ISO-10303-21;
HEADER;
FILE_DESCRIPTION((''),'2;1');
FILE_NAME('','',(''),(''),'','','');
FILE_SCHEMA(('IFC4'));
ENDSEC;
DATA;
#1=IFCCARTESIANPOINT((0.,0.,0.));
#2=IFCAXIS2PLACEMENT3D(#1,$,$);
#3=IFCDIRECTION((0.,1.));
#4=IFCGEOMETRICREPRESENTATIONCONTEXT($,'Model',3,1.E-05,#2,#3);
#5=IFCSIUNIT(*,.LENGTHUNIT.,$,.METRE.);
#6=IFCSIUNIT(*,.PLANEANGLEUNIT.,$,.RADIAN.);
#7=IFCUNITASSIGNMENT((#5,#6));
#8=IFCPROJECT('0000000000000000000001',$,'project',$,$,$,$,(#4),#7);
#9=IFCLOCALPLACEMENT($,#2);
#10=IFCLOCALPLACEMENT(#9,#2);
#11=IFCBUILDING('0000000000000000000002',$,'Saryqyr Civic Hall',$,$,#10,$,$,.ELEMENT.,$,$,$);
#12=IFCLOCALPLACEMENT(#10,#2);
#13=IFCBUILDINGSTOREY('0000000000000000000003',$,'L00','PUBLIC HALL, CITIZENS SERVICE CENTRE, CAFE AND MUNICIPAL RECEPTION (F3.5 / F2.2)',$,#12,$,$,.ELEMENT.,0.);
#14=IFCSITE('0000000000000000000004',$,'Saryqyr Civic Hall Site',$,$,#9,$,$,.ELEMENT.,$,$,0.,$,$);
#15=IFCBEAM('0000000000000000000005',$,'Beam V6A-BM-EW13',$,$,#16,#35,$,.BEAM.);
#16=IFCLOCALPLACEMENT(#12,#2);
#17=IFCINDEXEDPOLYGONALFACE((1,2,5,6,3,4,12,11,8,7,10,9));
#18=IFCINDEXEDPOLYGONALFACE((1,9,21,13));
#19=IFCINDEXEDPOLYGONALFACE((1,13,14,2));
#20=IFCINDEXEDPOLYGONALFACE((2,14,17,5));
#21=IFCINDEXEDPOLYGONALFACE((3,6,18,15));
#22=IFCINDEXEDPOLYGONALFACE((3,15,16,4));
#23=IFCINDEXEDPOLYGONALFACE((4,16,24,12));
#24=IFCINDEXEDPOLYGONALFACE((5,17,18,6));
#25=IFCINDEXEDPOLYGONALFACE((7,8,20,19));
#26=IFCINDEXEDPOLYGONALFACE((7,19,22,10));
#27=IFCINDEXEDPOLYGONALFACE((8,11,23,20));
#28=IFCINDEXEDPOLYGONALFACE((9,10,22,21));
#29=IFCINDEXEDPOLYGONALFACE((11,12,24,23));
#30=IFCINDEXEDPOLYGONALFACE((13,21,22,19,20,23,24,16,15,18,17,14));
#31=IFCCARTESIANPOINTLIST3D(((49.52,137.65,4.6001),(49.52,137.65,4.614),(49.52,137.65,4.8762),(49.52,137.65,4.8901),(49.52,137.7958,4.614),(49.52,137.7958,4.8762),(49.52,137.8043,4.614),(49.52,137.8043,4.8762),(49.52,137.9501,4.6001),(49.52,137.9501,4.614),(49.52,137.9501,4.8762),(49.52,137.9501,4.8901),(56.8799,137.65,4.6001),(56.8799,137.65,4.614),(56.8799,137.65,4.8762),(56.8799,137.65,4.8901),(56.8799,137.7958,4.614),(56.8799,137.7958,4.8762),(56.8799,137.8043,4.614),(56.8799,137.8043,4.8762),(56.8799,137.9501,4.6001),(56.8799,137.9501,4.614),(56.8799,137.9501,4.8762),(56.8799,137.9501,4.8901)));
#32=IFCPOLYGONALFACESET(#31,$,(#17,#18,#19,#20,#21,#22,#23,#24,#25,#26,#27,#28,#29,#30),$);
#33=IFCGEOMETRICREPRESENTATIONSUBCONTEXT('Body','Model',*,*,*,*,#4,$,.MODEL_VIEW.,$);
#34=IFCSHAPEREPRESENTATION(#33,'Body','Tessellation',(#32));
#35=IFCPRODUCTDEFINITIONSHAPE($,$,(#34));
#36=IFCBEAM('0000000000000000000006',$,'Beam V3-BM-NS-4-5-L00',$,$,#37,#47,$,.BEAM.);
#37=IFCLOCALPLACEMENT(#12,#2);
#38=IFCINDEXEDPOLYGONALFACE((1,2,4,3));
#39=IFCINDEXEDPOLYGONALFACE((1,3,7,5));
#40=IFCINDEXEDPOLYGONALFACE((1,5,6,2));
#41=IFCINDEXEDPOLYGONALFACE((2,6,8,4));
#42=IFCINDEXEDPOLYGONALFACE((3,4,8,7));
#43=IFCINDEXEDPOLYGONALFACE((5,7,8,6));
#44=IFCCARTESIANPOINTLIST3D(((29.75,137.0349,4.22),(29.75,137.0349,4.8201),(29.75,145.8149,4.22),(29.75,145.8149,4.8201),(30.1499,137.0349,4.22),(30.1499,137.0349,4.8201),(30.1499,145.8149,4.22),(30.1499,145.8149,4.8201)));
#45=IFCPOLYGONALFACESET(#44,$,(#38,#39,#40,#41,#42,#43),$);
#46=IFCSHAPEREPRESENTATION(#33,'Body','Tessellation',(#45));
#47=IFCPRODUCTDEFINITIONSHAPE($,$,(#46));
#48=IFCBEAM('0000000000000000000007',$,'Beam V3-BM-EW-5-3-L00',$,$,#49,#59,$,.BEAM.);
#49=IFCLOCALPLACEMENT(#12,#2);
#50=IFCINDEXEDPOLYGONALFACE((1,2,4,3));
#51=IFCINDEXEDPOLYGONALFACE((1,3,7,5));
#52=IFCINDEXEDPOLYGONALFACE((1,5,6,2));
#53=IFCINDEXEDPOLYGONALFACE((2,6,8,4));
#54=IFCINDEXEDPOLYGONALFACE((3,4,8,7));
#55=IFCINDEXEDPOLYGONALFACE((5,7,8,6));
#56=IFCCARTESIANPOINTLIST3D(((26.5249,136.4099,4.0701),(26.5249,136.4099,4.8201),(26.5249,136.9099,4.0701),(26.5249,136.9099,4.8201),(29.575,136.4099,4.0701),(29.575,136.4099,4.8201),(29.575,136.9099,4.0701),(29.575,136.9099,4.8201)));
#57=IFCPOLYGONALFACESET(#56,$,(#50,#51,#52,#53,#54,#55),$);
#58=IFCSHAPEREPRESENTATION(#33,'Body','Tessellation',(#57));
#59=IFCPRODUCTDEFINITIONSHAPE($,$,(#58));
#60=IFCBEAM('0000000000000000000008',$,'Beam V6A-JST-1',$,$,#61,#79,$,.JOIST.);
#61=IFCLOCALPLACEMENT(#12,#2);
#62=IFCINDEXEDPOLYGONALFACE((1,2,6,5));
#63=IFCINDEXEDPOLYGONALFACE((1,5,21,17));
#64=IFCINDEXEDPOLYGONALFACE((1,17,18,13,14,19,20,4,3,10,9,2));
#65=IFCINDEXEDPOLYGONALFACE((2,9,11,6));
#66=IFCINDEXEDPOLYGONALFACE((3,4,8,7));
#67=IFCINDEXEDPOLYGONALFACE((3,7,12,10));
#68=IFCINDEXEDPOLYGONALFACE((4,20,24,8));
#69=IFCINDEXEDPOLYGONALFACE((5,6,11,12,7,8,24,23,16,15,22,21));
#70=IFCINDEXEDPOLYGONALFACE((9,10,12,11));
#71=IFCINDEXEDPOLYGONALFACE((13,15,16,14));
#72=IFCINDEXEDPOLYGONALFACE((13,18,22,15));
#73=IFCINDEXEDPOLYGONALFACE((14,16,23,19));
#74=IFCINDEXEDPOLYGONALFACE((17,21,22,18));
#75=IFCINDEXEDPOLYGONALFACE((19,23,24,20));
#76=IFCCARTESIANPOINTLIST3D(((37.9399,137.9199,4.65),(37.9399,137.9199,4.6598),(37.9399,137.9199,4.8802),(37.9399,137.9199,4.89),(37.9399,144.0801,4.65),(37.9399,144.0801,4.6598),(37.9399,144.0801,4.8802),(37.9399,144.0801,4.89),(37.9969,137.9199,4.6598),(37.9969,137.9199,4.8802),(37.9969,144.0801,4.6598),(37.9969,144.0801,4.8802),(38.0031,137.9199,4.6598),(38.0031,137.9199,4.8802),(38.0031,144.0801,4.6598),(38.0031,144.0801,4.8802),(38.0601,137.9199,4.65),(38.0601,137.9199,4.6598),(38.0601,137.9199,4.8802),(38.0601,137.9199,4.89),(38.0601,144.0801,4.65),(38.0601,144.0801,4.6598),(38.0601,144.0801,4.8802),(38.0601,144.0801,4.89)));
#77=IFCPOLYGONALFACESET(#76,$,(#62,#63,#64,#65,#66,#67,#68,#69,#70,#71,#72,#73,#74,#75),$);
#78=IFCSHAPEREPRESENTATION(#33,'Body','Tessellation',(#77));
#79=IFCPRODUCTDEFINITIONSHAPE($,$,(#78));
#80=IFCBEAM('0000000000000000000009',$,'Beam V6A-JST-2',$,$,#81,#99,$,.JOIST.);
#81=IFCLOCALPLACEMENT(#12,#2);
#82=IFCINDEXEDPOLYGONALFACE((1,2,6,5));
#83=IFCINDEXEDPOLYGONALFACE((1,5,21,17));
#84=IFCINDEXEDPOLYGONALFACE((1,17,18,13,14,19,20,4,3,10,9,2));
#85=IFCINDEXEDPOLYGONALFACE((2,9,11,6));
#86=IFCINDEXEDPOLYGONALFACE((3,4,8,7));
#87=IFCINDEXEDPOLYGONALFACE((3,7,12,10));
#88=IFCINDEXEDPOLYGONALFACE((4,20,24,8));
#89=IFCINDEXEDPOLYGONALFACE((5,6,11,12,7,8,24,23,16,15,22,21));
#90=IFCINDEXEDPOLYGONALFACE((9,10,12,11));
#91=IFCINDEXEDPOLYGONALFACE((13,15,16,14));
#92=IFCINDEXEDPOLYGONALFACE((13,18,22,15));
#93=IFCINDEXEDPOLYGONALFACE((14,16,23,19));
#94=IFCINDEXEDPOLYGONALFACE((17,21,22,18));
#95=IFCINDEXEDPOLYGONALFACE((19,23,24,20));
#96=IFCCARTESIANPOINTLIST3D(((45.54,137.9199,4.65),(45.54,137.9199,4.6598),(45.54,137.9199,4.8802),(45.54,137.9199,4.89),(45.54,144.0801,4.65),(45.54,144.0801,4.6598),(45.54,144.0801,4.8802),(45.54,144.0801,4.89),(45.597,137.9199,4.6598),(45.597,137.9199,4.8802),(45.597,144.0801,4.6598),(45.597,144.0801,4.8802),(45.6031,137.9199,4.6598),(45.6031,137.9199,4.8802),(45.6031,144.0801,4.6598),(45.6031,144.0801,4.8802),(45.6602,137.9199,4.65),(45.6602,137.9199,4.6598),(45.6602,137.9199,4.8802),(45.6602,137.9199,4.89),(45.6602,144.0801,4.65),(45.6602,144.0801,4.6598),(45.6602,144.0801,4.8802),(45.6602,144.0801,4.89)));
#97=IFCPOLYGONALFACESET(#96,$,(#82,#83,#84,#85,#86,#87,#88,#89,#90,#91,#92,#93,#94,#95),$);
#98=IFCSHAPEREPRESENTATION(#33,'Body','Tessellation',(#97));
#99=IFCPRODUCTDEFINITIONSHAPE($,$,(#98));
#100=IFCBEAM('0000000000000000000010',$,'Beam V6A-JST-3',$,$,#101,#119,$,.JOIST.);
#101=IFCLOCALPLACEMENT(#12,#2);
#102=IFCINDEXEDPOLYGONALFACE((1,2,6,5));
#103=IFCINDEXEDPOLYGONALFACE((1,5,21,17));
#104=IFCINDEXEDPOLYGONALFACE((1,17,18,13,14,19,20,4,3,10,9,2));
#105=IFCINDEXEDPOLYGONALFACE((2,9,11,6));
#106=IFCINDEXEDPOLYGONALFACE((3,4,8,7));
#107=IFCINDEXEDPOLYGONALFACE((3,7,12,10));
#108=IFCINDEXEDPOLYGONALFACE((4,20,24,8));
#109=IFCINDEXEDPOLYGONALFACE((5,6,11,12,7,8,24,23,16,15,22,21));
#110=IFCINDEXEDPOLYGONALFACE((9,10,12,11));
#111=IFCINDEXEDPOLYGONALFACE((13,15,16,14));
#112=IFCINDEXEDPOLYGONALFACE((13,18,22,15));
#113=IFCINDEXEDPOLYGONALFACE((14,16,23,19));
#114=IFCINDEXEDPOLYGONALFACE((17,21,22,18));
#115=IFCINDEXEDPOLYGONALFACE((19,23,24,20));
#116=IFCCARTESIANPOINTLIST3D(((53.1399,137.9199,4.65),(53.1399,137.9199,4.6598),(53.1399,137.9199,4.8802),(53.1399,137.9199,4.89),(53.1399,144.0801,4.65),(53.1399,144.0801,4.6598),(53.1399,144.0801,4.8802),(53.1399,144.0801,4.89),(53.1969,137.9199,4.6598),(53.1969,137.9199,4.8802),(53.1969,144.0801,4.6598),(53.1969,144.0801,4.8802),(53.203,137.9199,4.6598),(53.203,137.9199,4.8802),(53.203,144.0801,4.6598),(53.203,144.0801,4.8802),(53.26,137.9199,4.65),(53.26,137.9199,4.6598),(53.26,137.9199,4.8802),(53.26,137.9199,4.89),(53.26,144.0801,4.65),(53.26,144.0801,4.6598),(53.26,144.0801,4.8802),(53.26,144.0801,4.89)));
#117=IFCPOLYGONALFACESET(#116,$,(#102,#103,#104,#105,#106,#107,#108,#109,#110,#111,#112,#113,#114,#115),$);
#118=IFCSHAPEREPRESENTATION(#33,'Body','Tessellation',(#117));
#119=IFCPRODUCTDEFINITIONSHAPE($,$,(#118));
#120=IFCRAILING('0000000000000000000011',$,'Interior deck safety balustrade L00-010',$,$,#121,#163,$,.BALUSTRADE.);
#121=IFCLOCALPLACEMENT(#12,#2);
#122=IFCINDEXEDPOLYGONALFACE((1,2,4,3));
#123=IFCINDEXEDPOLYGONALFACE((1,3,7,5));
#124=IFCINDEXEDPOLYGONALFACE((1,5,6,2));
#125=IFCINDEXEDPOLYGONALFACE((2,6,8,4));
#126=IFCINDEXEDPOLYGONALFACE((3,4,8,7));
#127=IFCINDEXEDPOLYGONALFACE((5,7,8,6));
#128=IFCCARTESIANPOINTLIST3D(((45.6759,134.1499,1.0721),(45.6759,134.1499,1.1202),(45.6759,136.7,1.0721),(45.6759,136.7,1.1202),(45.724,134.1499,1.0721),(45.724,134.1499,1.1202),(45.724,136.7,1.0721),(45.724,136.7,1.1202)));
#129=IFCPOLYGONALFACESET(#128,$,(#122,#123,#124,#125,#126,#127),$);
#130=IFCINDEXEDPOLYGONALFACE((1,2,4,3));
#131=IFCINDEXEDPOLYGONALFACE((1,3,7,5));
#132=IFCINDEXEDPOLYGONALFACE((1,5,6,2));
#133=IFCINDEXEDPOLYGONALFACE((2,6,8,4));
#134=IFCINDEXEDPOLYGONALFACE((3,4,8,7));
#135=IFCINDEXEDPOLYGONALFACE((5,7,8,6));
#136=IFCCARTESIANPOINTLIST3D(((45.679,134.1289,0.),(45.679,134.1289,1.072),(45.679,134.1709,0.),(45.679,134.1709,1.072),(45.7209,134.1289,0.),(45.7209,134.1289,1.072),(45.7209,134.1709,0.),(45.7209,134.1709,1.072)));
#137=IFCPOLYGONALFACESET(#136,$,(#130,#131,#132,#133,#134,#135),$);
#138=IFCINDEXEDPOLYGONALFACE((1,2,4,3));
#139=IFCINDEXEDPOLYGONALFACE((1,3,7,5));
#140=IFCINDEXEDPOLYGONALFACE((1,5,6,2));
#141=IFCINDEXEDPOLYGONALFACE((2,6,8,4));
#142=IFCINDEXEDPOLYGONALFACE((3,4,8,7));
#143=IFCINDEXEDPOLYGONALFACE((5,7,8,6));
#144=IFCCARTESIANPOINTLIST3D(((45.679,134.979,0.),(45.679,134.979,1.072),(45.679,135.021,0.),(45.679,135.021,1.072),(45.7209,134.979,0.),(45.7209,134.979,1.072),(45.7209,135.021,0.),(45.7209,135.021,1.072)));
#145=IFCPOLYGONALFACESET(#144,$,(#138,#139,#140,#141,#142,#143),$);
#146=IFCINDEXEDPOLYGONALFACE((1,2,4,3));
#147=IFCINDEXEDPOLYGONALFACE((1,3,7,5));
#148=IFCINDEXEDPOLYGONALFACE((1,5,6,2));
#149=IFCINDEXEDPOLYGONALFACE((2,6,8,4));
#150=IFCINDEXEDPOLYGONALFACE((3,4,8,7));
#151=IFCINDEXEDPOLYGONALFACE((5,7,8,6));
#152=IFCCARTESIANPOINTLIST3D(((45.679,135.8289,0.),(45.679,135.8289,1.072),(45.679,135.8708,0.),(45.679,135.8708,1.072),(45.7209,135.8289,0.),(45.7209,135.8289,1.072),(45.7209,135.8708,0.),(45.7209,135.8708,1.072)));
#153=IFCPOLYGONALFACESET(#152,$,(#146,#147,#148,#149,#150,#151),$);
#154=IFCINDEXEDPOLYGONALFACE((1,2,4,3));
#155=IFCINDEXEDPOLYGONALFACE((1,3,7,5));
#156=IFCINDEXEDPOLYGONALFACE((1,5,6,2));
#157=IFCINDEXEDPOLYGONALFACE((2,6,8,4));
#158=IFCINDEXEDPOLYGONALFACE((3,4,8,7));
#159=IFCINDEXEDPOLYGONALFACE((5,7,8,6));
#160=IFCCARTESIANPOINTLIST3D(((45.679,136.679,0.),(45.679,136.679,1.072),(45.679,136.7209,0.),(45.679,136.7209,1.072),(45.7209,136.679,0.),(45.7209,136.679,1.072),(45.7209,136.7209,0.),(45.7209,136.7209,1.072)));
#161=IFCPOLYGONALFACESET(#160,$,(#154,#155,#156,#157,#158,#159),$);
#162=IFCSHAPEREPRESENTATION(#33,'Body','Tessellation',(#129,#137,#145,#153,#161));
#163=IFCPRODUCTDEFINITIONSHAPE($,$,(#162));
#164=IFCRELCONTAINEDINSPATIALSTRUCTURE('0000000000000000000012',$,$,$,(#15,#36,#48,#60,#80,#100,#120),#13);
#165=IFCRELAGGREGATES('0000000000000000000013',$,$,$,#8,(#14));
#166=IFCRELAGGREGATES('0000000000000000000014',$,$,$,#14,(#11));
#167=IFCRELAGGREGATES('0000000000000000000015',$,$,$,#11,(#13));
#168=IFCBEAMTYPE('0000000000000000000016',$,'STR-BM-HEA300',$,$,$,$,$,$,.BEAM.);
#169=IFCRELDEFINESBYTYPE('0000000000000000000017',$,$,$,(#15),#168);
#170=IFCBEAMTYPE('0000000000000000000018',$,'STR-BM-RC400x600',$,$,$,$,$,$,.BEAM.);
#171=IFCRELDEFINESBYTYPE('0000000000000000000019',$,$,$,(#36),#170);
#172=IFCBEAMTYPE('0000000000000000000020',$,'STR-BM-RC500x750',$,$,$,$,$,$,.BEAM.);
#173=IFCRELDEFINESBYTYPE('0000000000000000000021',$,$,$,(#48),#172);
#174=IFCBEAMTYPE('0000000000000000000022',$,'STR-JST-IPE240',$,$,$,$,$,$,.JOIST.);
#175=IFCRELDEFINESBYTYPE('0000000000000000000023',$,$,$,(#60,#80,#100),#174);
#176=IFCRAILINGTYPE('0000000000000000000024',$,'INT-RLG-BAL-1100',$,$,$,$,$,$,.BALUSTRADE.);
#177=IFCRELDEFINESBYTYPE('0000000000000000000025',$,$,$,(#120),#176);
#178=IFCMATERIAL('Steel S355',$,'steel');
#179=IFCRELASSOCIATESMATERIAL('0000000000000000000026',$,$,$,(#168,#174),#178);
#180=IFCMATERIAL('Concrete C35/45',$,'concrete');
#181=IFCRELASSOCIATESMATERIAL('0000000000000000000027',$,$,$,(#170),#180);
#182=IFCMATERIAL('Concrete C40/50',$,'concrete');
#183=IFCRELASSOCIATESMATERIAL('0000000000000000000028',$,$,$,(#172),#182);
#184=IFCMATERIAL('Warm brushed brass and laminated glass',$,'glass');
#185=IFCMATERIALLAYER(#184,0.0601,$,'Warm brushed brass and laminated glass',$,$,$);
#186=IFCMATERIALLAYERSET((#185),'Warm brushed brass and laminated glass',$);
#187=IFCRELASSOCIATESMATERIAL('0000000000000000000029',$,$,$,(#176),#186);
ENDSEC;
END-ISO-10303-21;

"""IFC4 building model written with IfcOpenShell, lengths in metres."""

from ifc_helpers import new_model, si_unit, direction, frame, origin, origin_2d, place, context, subcontext, project, spatial, rectangle, i_section, extrude, material, layer, layer_set, material_profile, profile_set, type_object, element, save


model = new_model("IFC4")

# Units and contexts
model_context = context("Model", 3, precision=1e-05, world=origin(), true_north=direction((0.0, 1.0)))
body_context = subcontext(model_context, "Body", "Model", "MODEL_VIEW")
ifc_project = project(units=[si_unit("LENGTHUNIT", "METRE"), si_unit("PLANEANGLEUNIT", "RADIAN")], contexts=[model_context])

# Site, building, storey
site_placement = place(None, origin())
site = spatial("IfcSite", under=ifc_project, at=site_placement, Name="Saryqyr Civic Hall Site", CompositionType="ELEMENT", RefElevation=0.0)
building_placement = place(site_placement, origin())
building = spatial("IfcBuilding", under=site, at=building_placement, Name="Saryqyr Civic Hall", CompositionType="ELEMENT")
storey_placement = place(building_placement, origin())
storey = spatial("IfcBuildingStorey", under=building, at=storey_placement, Name="L00", Description="PUBLIC HALL, CITIZENS SERVICE CENTRE, CAFE AND MUNICIPAL RECEPTION (F3.5 / F2.2)", CompositionType="ELEMENT", Elevation=0.0)

# Shared definitions
ifc_material_1 = material(Name="Steel S355", Category="steel")
ifc_material_2 = material(Name="Concrete C40/50", Category="concrete")

# Beams
ifc_material_profile_1 = material_profile(ifc_material_1, i_section(OverallWidth=0.3, OverallDepth=0.29, WebThickness=0.0085, FlangeThickness=0.0139, at=origin_2d()), Name="HEA 300")
ifc_profile_set_1 = profile_set([ifc_material_profile_1], Name="Steel S355")
beam_type_1 = type_object("IfcBeamType", Name="STR-BM-HEA300", PredefinedType="BEAM", material=ifc_profile_set_1)
beam_1_placement = place(storey_placement, frame((49.52, 137.8, 4.7451), z_axis=(1.0, 0.0, 0.0), x_axis=(0.0, 1.0, 0.0)))
element("IfcBeam", 1, at=beam_1_placement, inside=storey, type_object=beam_type_1, Name="Beam V6A-BM-EW13", PredefinedType="BEAM", context=body_context, shape_type="SweptSolid", body=[
    extrude(i_section(OverallWidth=0.3, OverallDepth=0.29, WebThickness=0.0085, FlangeThickness=0.0139, at=origin_2d()), origin(), (0.0, 0.0, 1.0), 7.3599),
])
ifc_material_3 = material(Name="Concrete C35/45", Category="concrete")
ifc_material_profile_2 = material_profile(ifc_material_3, rectangle(XDim=0.3999, YDim=0.6001, at=origin_2d()), Name="RC 400x600")
ifc_profile_set_2 = profile_set([ifc_material_profile_2], Name="Concrete C35/45")
beam_type_2 = type_object("IfcBeamType", Name="STR-BM-RC400x600", PredefinedType="BEAM", material=ifc_profile_set_2)
beam_2_placement = place(storey_placement, frame((29.95, 137.0349, 4.52), z_axis=(0.0, 1.0, 0.0), x_axis=(-1.0, 0.0, 0.0)))
element("IfcBeam", 2, at=beam_2_placement, inside=storey, type_object=beam_type_2, Name="Beam V3-BM-NS-4-5-L00", PredefinedType="BEAM", context=body_context, shape_type="SweptSolid", body=[
    extrude(rectangle(XDim=0.3999, YDim=0.6001, at=origin_2d()), origin(), (0.0, 0.0, 1.0), 8.78),
])
ifc_material_profile_3 = material_profile(ifc_material_2, rectangle(XDim=0.5, YDim=0.75, at=origin_2d()), Name="RC 500x750")
ifc_profile_set_3 = profile_set([ifc_material_profile_3], Name="Concrete C40/50")
beam_type_3 = type_object("IfcBeamType", Name="STR-BM-RC500x750", PredefinedType="BEAM", material=ifc_profile_set_3)
beam_3_placement = place(storey_placement, frame((26.5249, 136.6599, 4.4451), z_axis=(1.0, 0.0, 0.0), x_axis=(0.0, 1.0, 0.0)))
element("IfcBeam", 3, at=beam_3_placement, inside=storey, type_object=beam_type_3, Name="Beam V3-BM-EW-5-3-L00", PredefinedType="BEAM", context=body_context, shape_type="SweptSolid", body=[
    extrude(rectangle(XDim=0.5, YDim=0.75, at=origin_2d()), origin(), (0.0, 0.0, 1.0), 3.05),
])
ifc_material_profile_4 = material_profile(ifc_material_1, i_section(OverallWidth=0.1201, OverallDepth=0.24, WebThickness=0.0061, FlangeThickness=0.0098, at=origin_2d()), Name="IPE 240")
ifc_profile_set_4 = profile_set([ifc_material_profile_4], Name="Steel S355")
beam_type_4 = type_object("IfcBeamType", Name="STR-JST-IPE240", PredefinedType="JOIST", material=ifc_profile_set_4)
for number, where, z_axis, x_axis, name in (
    (4, (38.0, 137.9199, 4.77), (0.0, 1.0, 0.0), (-1.0, 0.0, 0.0), "Beam V6A-JST-1"),
    (5, (45.6001, 137.9199, 4.77), (0.0, 1.0, 0.0), (-1.0, 0.0, 0.0), "Beam V6A-JST-2"),
    (6, (53.2, 137.9199, 4.77), (0.0, 1.0, 0.0), (-1.0, 0.0, 0.0), "Beam V6A-JST-3"),
):
    element("IfcBeam", number, at=place(storey_placement, frame(where, z_axis=z_axis, x_axis=x_axis)), inside=storey, type_object=beam_type_4, Name=name, PredefinedType="JOIST", context=body_context, shape_type="SweptSolid", body=[
        extrude(i_section(OverallWidth=0.1201, OverallDepth=0.24, WebThickness=0.0061, FlangeThickness=0.0098, at=origin_2d()), origin(), (0.0, 0.0, 1.0), 6.1602),
    ])

# Railing
ifc_material_4 = material(Name="Warm brushed brass and laminated glass", Category="glass")
ifc_layer_1 = layer(ifc_material_4, 0.0601, Name="Warm brushed brass and laminated glass")
ifc_layer_set_1 = layer_set([ifc_layer_1], Name="Warm brushed brass and laminated glass")
railing_type = type_object("IfcRailingType", Name="INT-RLG-BAL-1100", PredefinedType="BALUSTRADE", material=ifc_layer_set_1)
railing_1_placement = place(storey_placement, frame((45.7, 134.1499, 0.0)))
element("IfcRailing", 7, at=railing_1_placement, inside=storey, type_object=railing_type, Name="Interior deck safety balustrade L00-010", PredefinedType="BALUSTRADE", context=body_context, shape_type="SweptSolid", body=[
    extrude(rectangle(XDim=0.0481, YDim=0.0481, at=origin_2d()), frame((0.0, 0.0, 1.0962), z_axis=(0.0, 1.0, 0.0), x_axis=(-1.0, 0.0, 0.0)), (0.0, 0.0, 1.0), 2.55),
    extrude(rectangle(XDim=0.042, YDim=0.042, at=origin_2d()), origin(), (0.0, 0.0, 1.0), 1.072),
    extrude(rectangle(XDim=0.042, YDim=0.042, at=origin_2d()), frame((0.0, 0.8501, 0.0)), (0.0, 0.0, 1.0), 1.072),
    extrude(rectangle(XDim=0.042, YDim=0.042, at=origin_2d()), frame((0.0, 1.7, 0.0)), (0.0, 0.0, 1.0), 1.072),
    extrude(rectangle(XDim=0.042, YDim=0.042, at=origin_2d()), frame((0.0, 2.55, 0.0)), (0.0, 0.0, 1.0), 1.072),
])

save(model, "model.ifc")
